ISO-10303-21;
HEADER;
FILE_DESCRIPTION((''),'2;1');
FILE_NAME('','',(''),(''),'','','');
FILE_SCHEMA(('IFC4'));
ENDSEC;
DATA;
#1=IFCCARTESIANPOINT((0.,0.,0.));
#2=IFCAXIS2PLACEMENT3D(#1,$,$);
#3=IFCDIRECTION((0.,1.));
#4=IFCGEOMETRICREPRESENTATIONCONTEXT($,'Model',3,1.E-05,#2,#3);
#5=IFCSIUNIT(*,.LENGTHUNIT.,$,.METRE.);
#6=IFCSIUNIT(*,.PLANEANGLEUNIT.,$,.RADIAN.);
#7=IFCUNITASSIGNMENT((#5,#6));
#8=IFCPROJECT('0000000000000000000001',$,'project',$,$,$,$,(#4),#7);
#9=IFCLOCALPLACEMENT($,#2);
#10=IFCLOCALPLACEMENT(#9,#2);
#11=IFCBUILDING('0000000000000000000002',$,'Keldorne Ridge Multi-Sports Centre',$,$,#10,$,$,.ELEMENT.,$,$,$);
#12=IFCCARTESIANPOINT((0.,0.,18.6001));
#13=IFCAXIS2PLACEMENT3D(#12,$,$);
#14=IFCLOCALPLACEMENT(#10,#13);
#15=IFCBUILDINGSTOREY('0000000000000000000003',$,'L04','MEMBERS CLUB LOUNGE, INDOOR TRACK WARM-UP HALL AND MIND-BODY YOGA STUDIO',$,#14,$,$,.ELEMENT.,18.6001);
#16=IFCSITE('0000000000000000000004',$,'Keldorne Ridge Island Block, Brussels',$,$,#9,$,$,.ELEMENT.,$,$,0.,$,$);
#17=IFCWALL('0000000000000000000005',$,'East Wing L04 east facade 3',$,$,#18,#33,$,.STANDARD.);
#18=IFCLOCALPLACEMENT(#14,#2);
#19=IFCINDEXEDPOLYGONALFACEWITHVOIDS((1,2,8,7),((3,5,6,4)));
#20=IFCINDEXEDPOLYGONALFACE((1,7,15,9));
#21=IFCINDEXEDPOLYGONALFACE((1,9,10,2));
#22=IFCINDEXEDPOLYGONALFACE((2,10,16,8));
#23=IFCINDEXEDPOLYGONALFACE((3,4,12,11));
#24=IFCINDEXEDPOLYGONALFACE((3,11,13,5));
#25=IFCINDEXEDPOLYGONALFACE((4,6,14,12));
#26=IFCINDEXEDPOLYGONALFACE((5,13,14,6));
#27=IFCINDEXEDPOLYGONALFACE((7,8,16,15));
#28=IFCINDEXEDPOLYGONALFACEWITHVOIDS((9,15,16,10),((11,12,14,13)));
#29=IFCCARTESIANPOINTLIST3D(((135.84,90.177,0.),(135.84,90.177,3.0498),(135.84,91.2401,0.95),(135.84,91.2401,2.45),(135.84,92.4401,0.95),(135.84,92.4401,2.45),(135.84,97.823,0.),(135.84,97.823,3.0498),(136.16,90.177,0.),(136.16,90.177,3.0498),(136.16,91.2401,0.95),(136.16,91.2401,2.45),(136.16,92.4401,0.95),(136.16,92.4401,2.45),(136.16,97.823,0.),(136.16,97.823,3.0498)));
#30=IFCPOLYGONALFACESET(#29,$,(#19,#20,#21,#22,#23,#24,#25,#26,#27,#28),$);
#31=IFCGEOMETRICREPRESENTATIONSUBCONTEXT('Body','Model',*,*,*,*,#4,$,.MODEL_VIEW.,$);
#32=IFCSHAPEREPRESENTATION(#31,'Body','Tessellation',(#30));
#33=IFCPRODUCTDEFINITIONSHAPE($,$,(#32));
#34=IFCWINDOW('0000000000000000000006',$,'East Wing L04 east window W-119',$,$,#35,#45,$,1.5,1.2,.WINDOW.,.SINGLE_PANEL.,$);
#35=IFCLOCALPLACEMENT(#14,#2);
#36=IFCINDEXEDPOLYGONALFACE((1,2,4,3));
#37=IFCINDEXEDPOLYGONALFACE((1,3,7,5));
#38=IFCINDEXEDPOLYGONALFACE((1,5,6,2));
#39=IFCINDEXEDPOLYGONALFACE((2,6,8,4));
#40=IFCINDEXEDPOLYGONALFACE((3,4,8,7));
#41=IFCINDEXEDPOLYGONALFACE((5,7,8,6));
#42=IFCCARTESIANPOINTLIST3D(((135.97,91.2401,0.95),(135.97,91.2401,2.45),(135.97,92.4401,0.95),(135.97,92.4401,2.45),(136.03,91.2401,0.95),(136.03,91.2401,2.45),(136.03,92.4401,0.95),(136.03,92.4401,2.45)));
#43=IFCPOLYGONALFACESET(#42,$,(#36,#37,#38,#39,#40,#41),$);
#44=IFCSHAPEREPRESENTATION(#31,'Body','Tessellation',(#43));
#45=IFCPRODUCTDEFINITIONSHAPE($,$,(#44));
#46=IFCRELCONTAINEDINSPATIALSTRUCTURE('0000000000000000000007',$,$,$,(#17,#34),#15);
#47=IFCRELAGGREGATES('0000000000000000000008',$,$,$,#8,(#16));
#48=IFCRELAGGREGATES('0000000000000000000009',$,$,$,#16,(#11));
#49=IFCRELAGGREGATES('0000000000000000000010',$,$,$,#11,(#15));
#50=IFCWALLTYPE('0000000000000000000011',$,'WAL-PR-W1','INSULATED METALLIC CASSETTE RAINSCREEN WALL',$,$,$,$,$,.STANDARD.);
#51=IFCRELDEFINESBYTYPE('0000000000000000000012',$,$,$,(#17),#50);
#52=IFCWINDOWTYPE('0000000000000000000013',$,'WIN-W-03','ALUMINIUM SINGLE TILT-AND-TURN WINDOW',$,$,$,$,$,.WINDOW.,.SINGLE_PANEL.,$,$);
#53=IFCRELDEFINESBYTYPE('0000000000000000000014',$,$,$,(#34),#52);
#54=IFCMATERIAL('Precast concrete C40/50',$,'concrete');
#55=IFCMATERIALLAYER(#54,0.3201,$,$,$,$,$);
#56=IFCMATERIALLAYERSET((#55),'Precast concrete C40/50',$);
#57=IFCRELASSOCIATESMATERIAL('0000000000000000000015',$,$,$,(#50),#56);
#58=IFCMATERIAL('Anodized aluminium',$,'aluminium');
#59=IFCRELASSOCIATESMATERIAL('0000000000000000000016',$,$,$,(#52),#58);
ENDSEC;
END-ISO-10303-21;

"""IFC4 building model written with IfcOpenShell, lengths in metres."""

from ifc_helpers import new_model, si_unit, direction, frame, frame_2d, origin, place, context, subcontext, project, spatial, rectangle, extrude, material, layer, layer_set, type_object, element, fill, save


model = new_model("IFC4")

# Units and contexts
model_context = context("Model", 3, precision=1e-05, world=origin(), true_north=direction((0.0, 1.0)))
body_context = subcontext(model_context, "Body", "Model", "MODEL_VIEW")
ifc_project = project(units=[si_unit("LENGTHUNIT", "METRE"), si_unit("PLANEANGLEUNIT", "RADIAN")], contexts=[model_context])

# Site, building, storey
site_placement = place(None, origin())
site = spatial("IfcSite", under=ifc_project, at=site_placement, Name="Keldorne Ridge Island Block, Brussels", CompositionType="ELEMENT", RefElevation=0.0)
building_placement = place(site_placement, origin())
building = spatial("IfcBuilding", under=site, at=building_placement, Name="Keldorne Ridge Multi-Sports Centre", CompositionType="ELEMENT")
storey_placement = place(building_placement, frame((0.0, 0.0, 18.6001)))
storey = spatial("IfcBuildingStorey", under=building, at=storey_placement, Name="L04", Description="MEMBERS CLUB LOUNGE, INDOOR TRACK WARM-UP HALL AND MIND-BODY YOGA STUDIO", CompositionType="ELEMENT", Elevation=18.6001)

# Shared definitions
ifc_material_1 = material(Name="Precast concrete C40/50", Category="concrete")
ifc_layer = layer(ifc_material_1, 0.3201)
ifc_layer_set = layer_set([ifc_layer], Name="Precast concrete C40/50")
wall_type = type_object("IfcWallType", Name="WAL-PR-W1", Description="INSULATED METALLIC CASSETTE RAINSCREEN WALL", PredefinedType="STANDARD", material=ifc_layer_set)

# Wall, opening, window
wall_1_placement = place(storey_placement, frame((136.0, 90.177, 0.0), z_axis=(0.0, 0.0, 1.0), x_axis=(0.0, 1.0, 0.0)))
wall_1 = element("IfcWall", 1, at=wall_1_placement, inside=storey, type_object=wall_type, Name="East Wing L04 east facade 3", PredefinedType="STANDARD", context=body_context, shape_type="SweptSolid", body=[
    extrude(rectangle(XDim=7.646, YDim=0.3201, at=frame_2d((3.823, 0.0))), origin(), (0.0, 0.0, 1.0), 3.0498),
])
opening_1_placement = place(wall_1_placement, frame((1.063, 0.0, 0.95)))
opening_1 = element("IfcOpeningElement", 2, at=opening_1_placement, cuts=wall_1, PredefinedType="OPENING", context=body_context, shape_type="SweptSolid", body=[
    extrude(rectangle(XDim=1.2, YDim=1.5, at=frame_2d((0.6001, 0.75))), frame((0.0, 0.1699, 0.0), z_axis=(0.0, -1.0, 0.0), x_axis=(1.0, 0.0, 0.0)), (0.0, 0.0, 1.0), 0.3401),
])
ifc_material_2 = material(Name="Anodized aluminium", Category="aluminium")
window_type = type_object("IfcWindowType", Name="WIN-W-03", Description="ALUMINIUM SINGLE TILT-AND-TURN WINDOW", PartitioningType="SINGLE_PANEL", PredefinedType="WINDOW", material=ifc_material_2)
window_placement = place(opening_1_placement, origin())
window = element("IfcWindow", 3, at=window_placement, inside=storey, type_object=window_type, Name="East Wing L04 east window W-119", OverallHeight=1.5, OverallWidth=1.2, PartitioningType="SINGLE_PANEL", PredefinedType="WINDOW", context=body_context, shape_type="SweptSolid", body=[
    extrude(rectangle(XDim=1.2, YDim=1.5, at=frame_2d((0.6001, 0.75))), frame((0.0, 0.03, 0.0), z_axis=(0.0, -1.0, 0.0), x_axis=(1.0, 0.0, 0.0)), (0.0, 0.0, 1.0), 0.0601),
])
fill(opening_1, window)

save(model, "model.ifc")
